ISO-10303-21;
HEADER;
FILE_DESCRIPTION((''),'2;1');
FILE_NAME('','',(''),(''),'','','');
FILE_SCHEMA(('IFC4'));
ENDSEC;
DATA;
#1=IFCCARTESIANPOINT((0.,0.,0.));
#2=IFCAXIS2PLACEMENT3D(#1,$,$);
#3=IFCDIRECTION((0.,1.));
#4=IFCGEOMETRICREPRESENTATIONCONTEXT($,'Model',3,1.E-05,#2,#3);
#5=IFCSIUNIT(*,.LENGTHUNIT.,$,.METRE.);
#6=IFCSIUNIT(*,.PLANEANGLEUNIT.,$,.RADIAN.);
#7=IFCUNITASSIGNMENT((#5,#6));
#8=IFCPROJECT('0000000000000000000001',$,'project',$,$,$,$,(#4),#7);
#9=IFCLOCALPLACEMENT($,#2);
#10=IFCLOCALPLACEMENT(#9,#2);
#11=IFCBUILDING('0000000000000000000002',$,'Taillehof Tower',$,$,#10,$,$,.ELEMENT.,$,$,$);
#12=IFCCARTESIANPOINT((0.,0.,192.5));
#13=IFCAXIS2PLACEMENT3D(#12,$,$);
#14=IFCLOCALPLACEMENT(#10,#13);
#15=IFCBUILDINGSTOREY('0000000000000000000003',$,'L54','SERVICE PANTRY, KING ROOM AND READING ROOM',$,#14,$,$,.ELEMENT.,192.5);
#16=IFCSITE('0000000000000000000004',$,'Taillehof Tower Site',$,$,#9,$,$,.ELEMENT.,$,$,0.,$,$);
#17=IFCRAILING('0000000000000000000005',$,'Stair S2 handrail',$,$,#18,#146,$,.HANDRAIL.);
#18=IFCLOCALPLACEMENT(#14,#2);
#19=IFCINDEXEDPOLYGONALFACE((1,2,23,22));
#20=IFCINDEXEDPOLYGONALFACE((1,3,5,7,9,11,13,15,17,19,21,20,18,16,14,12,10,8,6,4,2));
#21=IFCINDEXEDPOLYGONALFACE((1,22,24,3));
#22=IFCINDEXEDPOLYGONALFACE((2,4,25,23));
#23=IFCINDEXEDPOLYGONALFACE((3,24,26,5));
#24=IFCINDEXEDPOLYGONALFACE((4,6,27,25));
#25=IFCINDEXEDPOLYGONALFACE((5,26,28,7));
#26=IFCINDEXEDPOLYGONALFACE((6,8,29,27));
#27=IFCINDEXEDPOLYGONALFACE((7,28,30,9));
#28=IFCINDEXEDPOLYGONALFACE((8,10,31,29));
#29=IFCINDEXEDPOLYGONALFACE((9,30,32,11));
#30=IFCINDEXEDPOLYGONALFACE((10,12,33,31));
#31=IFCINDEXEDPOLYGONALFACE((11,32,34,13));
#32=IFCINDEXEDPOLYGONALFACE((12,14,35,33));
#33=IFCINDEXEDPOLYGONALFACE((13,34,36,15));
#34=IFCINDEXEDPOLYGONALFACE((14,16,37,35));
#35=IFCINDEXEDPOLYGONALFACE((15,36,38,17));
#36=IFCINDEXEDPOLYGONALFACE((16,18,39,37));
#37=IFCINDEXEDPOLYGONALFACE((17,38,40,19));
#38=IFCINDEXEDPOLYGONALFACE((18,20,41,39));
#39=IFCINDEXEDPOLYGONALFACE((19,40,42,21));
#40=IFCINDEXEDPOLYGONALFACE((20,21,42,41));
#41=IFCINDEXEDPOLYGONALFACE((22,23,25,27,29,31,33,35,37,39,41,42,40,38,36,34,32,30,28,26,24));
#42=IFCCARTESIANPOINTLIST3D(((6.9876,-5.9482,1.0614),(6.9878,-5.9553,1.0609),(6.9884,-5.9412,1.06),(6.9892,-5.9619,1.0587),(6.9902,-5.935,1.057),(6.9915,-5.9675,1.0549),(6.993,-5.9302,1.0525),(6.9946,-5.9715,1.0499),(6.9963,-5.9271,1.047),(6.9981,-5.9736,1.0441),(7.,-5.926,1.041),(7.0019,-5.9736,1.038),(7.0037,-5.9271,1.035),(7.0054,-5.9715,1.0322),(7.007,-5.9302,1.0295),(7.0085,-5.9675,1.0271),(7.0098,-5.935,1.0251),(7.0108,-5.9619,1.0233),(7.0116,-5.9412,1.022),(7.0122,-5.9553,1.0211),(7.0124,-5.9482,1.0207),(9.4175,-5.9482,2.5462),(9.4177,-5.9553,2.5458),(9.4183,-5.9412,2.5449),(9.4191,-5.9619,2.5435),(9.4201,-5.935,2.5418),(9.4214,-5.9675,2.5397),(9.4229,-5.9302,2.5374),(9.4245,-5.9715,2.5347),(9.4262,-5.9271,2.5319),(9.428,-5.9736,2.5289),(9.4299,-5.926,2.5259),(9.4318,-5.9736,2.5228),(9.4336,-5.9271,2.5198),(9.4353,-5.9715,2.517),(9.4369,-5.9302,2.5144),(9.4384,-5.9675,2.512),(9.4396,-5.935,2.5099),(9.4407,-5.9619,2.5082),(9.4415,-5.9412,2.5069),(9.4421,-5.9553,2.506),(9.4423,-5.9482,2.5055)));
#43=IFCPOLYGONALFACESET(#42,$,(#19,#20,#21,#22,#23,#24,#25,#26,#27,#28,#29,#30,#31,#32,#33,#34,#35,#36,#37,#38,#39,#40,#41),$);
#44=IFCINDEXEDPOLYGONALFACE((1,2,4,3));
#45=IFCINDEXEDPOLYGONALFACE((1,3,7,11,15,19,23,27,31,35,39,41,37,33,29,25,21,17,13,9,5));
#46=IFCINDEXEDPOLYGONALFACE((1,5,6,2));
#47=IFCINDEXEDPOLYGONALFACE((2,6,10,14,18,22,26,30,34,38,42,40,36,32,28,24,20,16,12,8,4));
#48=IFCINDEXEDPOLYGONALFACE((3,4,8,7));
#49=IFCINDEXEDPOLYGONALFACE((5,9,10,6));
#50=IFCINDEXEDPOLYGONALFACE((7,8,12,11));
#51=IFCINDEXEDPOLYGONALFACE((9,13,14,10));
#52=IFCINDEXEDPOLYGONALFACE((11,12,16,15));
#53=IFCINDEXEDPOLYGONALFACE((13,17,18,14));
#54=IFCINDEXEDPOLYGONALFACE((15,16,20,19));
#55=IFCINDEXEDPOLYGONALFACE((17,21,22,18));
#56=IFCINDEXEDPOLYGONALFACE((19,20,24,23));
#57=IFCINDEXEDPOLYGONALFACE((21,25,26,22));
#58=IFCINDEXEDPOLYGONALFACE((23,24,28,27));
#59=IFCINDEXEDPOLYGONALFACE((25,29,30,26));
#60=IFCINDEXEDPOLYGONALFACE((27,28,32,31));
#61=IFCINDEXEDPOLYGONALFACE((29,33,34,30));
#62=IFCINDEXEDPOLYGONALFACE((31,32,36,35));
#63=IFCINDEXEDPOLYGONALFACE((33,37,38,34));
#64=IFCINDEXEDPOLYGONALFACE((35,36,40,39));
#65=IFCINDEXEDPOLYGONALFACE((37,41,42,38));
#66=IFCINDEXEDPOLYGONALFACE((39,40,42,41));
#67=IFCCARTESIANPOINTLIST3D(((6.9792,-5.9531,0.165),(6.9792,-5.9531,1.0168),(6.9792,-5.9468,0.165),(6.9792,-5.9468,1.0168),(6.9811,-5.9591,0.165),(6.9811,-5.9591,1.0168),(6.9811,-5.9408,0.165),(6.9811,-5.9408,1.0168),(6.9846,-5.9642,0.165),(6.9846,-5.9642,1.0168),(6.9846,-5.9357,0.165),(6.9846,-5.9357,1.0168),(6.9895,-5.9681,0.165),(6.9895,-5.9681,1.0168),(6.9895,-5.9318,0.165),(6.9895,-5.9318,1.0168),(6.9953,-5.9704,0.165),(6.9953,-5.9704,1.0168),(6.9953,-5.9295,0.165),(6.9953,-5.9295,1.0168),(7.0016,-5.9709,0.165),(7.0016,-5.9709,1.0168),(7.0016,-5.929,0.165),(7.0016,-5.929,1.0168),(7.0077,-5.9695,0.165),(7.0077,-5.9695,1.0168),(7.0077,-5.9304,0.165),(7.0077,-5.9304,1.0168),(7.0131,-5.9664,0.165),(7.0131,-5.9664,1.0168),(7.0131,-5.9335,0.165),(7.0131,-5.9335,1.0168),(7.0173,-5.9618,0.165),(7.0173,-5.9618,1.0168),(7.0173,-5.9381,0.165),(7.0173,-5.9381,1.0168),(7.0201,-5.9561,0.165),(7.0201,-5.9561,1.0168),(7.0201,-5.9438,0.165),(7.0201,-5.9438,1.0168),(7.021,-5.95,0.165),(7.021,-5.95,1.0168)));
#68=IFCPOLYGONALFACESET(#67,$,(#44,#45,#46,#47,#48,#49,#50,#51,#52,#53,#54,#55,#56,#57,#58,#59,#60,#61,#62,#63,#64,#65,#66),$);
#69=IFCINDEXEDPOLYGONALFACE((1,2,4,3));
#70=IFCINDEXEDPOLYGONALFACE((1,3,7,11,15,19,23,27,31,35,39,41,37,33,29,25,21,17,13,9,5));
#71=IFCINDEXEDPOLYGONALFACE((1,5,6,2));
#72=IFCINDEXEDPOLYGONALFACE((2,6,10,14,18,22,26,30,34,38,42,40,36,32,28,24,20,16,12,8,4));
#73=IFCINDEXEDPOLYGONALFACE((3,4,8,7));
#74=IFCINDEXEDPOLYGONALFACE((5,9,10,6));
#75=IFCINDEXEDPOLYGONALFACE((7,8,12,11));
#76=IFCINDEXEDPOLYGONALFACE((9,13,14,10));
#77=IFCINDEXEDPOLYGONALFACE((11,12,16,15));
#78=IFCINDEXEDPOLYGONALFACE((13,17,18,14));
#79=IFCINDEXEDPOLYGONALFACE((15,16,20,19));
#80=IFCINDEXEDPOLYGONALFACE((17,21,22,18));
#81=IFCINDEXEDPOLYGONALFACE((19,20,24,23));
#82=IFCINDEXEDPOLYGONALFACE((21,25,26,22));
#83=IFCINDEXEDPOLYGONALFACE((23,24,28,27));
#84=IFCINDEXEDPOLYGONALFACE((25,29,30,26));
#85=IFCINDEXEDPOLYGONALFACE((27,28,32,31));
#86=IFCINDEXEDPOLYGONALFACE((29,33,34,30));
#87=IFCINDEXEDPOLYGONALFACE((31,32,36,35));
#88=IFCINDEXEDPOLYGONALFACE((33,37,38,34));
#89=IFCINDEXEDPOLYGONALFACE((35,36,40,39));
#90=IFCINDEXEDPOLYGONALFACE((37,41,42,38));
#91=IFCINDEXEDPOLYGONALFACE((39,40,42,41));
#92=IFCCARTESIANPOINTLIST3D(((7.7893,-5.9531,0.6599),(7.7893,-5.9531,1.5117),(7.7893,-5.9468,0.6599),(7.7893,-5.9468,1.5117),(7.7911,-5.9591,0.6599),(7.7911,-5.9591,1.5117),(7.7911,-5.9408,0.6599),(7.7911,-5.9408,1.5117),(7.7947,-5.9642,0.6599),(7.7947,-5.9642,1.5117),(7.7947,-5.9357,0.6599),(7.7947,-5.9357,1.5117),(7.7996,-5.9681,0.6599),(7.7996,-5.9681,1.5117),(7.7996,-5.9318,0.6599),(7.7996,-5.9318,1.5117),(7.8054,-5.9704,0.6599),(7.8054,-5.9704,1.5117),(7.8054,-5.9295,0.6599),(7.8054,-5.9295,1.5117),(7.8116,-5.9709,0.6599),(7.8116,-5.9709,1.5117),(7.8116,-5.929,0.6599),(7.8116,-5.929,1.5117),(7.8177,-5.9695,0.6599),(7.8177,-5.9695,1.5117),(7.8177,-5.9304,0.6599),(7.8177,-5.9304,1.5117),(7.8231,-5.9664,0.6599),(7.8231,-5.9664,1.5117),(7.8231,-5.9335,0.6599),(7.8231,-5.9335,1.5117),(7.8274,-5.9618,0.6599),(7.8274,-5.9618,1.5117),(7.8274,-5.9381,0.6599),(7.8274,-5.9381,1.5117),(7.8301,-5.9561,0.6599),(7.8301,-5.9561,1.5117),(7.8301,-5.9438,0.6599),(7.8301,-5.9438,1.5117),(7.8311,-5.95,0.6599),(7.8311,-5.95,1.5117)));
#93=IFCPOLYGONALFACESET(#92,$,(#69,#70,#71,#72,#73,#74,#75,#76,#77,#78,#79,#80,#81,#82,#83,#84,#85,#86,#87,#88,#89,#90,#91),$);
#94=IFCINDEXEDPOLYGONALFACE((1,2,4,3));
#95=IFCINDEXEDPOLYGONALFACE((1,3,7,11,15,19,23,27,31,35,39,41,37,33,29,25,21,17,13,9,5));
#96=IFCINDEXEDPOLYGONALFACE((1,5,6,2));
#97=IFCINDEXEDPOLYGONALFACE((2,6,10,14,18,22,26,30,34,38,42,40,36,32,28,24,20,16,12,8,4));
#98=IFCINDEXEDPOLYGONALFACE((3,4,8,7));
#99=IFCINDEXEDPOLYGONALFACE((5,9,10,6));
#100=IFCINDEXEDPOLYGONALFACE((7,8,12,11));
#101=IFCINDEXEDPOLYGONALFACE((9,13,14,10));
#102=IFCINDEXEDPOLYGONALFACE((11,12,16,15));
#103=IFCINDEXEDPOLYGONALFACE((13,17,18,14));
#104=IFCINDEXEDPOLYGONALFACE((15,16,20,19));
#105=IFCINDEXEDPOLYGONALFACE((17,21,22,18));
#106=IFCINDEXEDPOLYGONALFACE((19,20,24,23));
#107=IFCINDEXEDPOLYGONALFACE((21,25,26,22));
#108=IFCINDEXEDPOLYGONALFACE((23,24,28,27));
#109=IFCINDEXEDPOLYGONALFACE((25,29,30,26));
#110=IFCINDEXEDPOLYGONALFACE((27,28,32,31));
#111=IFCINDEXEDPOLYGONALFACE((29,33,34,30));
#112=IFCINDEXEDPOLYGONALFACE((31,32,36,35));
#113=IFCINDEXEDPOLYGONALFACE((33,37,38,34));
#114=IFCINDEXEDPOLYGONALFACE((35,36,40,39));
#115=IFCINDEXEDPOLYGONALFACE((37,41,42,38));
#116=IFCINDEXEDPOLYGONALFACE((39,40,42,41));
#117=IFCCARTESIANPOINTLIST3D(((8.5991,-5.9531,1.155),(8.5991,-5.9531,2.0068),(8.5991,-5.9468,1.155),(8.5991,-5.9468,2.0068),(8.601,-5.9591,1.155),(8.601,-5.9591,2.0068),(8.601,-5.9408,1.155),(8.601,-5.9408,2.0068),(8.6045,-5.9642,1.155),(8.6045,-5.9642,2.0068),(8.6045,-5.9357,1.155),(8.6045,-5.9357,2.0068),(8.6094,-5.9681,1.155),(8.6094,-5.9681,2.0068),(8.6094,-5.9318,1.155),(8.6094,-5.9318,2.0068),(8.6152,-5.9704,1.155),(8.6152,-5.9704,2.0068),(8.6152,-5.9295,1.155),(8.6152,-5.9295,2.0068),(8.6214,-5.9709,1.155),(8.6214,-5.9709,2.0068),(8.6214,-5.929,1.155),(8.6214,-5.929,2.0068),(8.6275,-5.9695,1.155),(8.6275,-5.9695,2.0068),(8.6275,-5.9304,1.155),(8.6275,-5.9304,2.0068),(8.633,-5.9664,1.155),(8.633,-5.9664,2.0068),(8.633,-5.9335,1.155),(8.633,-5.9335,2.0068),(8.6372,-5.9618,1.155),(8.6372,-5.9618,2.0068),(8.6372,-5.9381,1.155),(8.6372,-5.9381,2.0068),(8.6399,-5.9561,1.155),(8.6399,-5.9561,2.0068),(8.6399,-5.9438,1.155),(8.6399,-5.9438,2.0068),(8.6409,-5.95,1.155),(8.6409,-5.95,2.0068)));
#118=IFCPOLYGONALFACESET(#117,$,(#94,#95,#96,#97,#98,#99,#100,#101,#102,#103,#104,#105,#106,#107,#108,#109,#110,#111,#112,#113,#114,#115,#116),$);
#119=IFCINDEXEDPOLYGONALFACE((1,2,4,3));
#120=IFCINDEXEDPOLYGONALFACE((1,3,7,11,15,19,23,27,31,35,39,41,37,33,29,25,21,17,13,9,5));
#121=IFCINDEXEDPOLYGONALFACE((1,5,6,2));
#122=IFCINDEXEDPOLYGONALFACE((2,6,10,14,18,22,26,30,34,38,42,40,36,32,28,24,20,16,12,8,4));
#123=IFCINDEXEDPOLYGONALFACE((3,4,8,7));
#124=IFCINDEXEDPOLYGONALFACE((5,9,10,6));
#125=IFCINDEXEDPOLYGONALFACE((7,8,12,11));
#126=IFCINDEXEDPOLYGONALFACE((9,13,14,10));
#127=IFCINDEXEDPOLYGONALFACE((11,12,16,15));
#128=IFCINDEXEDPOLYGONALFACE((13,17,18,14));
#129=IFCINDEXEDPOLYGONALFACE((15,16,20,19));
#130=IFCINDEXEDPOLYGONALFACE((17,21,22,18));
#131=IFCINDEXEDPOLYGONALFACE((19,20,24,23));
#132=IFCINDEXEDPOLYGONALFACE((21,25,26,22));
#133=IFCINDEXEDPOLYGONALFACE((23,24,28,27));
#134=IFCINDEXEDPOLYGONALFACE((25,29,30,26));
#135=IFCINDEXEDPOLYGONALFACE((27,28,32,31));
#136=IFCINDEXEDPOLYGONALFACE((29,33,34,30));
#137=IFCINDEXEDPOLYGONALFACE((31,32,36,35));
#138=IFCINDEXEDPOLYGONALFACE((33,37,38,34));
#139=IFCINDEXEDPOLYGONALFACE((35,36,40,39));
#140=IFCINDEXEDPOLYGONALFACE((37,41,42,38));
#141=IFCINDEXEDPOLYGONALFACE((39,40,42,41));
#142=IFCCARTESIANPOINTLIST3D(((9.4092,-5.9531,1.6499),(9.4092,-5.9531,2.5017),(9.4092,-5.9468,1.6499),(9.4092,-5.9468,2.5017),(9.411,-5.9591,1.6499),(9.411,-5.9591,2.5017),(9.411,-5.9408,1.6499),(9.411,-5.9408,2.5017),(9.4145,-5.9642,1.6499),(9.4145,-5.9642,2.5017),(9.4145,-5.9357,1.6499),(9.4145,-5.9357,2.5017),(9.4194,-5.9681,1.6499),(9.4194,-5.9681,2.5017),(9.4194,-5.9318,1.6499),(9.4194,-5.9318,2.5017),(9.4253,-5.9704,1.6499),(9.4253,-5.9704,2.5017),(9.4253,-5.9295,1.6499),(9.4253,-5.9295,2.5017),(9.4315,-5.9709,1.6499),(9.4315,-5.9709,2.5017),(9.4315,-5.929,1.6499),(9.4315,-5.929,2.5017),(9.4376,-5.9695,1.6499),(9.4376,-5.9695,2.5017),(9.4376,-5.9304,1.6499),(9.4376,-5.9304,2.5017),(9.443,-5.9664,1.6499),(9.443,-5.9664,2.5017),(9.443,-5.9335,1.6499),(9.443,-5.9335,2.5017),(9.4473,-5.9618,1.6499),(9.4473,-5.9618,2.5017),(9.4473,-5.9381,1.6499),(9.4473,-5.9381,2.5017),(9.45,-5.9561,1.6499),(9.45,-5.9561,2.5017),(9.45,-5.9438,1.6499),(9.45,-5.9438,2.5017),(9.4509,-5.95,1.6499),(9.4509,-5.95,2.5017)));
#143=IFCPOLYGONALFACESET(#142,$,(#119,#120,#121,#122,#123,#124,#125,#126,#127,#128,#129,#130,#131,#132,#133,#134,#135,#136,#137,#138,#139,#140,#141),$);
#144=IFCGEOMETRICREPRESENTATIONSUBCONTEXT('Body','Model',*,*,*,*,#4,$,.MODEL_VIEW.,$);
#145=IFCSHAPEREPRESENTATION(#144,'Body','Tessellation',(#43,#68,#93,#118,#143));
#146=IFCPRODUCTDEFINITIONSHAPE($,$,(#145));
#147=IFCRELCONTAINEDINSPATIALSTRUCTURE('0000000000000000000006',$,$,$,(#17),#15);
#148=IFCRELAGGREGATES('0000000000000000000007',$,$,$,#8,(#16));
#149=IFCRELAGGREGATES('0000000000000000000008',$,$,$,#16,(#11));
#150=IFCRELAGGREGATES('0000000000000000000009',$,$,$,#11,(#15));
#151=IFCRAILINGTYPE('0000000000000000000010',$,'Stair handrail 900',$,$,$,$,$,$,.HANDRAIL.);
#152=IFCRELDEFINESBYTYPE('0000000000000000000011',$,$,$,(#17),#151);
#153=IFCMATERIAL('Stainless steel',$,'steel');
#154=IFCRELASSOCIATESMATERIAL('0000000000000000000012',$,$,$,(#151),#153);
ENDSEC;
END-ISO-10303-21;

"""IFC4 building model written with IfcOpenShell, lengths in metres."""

from ifc_helpers import new_model, si_unit, direction, frame, origin, origin_2d, place, context, subcontext, project, spatial, circle, extrude, material, type_object, element, save


model = new_model("IFC4")

# Units and contexts
model_context = context("Model", 3, precision=1e-05, world=origin(), true_north=direction((0.0, 1.0)))
body_context = subcontext(model_context, "Body", "Model", "MODEL_VIEW")
ifc_project = project(units=[si_unit("LENGTHUNIT", "METRE"), si_unit("PLANEANGLEUNIT", "RADIAN")], contexts=[model_context])

# Site, building, storey
site_placement = place(None, origin())
site = spatial("IfcSite", under=ifc_project, at=site_placement, Name="Taillehof Tower Site", CompositionType="ELEMENT", RefElevation=0.0)
building_placement = place(site_placement, origin())
building = spatial("IfcBuilding", under=site, at=building_placement, Name="Taillehof Tower", CompositionType="ELEMENT")
storey_placement = place(building_placement, frame((0.0, 0.0, 192.5)))
storey = spatial("IfcBuildingStorey", under=building, at=storey_placement, Name="L54", Description="SERVICE PANTRY, KING ROOM AND READING ROOM", CompositionType="ELEMENT", Elevation=192.5)

# Railing
ifc_material_1 = material(Name="Stainless steel", Category="steel")
railing_type = type_object("IfcRailingType", Name="Stair handrail 900", PredefinedType="HANDRAIL", material=ifc_material_1)
railing_placement = place(storey_placement, frame((7.0, -5.95, 0.165)))
element("IfcRailing", 1, at=railing_placement, inside=storey, type_object=railing_type, Name="Stair S2 handrail", PredefinedType="HANDRAIL", context=body_context, shape_type="SweptSolid", body=[
    extrude(circle(Radius=0.0239, at=origin_2d()), frame((0.0, 0.0, 0.876), z_axis=(0.853297, 0.0, 0.521426), x_axis=(0.0, 1.0, 0.0)), (0.0, 0.0, 1.0), 2.8477),
    extrude(circle(Radius=0.021, at=origin_2d()), origin(), (0.0, 0.0, 1.0), 0.8518),
    extrude(circle(Radius=0.021, at=origin_2d()), frame((0.8101, 0.0, 0.4949)), (0.0, 0.0, 1.0), 0.8518),
    extrude(circle(Radius=0.021, at=origin_2d()), frame((1.6199, 0.0, 0.99)), (0.0, 0.0, 1.0), 0.8518),
    extrude(circle(Radius=0.021, at=origin_2d()), frame((2.4299, 0.0, 1.4849)), (0.0, 0.0, 1.0), 0.8518),
])

save(model, "model.ifc")
